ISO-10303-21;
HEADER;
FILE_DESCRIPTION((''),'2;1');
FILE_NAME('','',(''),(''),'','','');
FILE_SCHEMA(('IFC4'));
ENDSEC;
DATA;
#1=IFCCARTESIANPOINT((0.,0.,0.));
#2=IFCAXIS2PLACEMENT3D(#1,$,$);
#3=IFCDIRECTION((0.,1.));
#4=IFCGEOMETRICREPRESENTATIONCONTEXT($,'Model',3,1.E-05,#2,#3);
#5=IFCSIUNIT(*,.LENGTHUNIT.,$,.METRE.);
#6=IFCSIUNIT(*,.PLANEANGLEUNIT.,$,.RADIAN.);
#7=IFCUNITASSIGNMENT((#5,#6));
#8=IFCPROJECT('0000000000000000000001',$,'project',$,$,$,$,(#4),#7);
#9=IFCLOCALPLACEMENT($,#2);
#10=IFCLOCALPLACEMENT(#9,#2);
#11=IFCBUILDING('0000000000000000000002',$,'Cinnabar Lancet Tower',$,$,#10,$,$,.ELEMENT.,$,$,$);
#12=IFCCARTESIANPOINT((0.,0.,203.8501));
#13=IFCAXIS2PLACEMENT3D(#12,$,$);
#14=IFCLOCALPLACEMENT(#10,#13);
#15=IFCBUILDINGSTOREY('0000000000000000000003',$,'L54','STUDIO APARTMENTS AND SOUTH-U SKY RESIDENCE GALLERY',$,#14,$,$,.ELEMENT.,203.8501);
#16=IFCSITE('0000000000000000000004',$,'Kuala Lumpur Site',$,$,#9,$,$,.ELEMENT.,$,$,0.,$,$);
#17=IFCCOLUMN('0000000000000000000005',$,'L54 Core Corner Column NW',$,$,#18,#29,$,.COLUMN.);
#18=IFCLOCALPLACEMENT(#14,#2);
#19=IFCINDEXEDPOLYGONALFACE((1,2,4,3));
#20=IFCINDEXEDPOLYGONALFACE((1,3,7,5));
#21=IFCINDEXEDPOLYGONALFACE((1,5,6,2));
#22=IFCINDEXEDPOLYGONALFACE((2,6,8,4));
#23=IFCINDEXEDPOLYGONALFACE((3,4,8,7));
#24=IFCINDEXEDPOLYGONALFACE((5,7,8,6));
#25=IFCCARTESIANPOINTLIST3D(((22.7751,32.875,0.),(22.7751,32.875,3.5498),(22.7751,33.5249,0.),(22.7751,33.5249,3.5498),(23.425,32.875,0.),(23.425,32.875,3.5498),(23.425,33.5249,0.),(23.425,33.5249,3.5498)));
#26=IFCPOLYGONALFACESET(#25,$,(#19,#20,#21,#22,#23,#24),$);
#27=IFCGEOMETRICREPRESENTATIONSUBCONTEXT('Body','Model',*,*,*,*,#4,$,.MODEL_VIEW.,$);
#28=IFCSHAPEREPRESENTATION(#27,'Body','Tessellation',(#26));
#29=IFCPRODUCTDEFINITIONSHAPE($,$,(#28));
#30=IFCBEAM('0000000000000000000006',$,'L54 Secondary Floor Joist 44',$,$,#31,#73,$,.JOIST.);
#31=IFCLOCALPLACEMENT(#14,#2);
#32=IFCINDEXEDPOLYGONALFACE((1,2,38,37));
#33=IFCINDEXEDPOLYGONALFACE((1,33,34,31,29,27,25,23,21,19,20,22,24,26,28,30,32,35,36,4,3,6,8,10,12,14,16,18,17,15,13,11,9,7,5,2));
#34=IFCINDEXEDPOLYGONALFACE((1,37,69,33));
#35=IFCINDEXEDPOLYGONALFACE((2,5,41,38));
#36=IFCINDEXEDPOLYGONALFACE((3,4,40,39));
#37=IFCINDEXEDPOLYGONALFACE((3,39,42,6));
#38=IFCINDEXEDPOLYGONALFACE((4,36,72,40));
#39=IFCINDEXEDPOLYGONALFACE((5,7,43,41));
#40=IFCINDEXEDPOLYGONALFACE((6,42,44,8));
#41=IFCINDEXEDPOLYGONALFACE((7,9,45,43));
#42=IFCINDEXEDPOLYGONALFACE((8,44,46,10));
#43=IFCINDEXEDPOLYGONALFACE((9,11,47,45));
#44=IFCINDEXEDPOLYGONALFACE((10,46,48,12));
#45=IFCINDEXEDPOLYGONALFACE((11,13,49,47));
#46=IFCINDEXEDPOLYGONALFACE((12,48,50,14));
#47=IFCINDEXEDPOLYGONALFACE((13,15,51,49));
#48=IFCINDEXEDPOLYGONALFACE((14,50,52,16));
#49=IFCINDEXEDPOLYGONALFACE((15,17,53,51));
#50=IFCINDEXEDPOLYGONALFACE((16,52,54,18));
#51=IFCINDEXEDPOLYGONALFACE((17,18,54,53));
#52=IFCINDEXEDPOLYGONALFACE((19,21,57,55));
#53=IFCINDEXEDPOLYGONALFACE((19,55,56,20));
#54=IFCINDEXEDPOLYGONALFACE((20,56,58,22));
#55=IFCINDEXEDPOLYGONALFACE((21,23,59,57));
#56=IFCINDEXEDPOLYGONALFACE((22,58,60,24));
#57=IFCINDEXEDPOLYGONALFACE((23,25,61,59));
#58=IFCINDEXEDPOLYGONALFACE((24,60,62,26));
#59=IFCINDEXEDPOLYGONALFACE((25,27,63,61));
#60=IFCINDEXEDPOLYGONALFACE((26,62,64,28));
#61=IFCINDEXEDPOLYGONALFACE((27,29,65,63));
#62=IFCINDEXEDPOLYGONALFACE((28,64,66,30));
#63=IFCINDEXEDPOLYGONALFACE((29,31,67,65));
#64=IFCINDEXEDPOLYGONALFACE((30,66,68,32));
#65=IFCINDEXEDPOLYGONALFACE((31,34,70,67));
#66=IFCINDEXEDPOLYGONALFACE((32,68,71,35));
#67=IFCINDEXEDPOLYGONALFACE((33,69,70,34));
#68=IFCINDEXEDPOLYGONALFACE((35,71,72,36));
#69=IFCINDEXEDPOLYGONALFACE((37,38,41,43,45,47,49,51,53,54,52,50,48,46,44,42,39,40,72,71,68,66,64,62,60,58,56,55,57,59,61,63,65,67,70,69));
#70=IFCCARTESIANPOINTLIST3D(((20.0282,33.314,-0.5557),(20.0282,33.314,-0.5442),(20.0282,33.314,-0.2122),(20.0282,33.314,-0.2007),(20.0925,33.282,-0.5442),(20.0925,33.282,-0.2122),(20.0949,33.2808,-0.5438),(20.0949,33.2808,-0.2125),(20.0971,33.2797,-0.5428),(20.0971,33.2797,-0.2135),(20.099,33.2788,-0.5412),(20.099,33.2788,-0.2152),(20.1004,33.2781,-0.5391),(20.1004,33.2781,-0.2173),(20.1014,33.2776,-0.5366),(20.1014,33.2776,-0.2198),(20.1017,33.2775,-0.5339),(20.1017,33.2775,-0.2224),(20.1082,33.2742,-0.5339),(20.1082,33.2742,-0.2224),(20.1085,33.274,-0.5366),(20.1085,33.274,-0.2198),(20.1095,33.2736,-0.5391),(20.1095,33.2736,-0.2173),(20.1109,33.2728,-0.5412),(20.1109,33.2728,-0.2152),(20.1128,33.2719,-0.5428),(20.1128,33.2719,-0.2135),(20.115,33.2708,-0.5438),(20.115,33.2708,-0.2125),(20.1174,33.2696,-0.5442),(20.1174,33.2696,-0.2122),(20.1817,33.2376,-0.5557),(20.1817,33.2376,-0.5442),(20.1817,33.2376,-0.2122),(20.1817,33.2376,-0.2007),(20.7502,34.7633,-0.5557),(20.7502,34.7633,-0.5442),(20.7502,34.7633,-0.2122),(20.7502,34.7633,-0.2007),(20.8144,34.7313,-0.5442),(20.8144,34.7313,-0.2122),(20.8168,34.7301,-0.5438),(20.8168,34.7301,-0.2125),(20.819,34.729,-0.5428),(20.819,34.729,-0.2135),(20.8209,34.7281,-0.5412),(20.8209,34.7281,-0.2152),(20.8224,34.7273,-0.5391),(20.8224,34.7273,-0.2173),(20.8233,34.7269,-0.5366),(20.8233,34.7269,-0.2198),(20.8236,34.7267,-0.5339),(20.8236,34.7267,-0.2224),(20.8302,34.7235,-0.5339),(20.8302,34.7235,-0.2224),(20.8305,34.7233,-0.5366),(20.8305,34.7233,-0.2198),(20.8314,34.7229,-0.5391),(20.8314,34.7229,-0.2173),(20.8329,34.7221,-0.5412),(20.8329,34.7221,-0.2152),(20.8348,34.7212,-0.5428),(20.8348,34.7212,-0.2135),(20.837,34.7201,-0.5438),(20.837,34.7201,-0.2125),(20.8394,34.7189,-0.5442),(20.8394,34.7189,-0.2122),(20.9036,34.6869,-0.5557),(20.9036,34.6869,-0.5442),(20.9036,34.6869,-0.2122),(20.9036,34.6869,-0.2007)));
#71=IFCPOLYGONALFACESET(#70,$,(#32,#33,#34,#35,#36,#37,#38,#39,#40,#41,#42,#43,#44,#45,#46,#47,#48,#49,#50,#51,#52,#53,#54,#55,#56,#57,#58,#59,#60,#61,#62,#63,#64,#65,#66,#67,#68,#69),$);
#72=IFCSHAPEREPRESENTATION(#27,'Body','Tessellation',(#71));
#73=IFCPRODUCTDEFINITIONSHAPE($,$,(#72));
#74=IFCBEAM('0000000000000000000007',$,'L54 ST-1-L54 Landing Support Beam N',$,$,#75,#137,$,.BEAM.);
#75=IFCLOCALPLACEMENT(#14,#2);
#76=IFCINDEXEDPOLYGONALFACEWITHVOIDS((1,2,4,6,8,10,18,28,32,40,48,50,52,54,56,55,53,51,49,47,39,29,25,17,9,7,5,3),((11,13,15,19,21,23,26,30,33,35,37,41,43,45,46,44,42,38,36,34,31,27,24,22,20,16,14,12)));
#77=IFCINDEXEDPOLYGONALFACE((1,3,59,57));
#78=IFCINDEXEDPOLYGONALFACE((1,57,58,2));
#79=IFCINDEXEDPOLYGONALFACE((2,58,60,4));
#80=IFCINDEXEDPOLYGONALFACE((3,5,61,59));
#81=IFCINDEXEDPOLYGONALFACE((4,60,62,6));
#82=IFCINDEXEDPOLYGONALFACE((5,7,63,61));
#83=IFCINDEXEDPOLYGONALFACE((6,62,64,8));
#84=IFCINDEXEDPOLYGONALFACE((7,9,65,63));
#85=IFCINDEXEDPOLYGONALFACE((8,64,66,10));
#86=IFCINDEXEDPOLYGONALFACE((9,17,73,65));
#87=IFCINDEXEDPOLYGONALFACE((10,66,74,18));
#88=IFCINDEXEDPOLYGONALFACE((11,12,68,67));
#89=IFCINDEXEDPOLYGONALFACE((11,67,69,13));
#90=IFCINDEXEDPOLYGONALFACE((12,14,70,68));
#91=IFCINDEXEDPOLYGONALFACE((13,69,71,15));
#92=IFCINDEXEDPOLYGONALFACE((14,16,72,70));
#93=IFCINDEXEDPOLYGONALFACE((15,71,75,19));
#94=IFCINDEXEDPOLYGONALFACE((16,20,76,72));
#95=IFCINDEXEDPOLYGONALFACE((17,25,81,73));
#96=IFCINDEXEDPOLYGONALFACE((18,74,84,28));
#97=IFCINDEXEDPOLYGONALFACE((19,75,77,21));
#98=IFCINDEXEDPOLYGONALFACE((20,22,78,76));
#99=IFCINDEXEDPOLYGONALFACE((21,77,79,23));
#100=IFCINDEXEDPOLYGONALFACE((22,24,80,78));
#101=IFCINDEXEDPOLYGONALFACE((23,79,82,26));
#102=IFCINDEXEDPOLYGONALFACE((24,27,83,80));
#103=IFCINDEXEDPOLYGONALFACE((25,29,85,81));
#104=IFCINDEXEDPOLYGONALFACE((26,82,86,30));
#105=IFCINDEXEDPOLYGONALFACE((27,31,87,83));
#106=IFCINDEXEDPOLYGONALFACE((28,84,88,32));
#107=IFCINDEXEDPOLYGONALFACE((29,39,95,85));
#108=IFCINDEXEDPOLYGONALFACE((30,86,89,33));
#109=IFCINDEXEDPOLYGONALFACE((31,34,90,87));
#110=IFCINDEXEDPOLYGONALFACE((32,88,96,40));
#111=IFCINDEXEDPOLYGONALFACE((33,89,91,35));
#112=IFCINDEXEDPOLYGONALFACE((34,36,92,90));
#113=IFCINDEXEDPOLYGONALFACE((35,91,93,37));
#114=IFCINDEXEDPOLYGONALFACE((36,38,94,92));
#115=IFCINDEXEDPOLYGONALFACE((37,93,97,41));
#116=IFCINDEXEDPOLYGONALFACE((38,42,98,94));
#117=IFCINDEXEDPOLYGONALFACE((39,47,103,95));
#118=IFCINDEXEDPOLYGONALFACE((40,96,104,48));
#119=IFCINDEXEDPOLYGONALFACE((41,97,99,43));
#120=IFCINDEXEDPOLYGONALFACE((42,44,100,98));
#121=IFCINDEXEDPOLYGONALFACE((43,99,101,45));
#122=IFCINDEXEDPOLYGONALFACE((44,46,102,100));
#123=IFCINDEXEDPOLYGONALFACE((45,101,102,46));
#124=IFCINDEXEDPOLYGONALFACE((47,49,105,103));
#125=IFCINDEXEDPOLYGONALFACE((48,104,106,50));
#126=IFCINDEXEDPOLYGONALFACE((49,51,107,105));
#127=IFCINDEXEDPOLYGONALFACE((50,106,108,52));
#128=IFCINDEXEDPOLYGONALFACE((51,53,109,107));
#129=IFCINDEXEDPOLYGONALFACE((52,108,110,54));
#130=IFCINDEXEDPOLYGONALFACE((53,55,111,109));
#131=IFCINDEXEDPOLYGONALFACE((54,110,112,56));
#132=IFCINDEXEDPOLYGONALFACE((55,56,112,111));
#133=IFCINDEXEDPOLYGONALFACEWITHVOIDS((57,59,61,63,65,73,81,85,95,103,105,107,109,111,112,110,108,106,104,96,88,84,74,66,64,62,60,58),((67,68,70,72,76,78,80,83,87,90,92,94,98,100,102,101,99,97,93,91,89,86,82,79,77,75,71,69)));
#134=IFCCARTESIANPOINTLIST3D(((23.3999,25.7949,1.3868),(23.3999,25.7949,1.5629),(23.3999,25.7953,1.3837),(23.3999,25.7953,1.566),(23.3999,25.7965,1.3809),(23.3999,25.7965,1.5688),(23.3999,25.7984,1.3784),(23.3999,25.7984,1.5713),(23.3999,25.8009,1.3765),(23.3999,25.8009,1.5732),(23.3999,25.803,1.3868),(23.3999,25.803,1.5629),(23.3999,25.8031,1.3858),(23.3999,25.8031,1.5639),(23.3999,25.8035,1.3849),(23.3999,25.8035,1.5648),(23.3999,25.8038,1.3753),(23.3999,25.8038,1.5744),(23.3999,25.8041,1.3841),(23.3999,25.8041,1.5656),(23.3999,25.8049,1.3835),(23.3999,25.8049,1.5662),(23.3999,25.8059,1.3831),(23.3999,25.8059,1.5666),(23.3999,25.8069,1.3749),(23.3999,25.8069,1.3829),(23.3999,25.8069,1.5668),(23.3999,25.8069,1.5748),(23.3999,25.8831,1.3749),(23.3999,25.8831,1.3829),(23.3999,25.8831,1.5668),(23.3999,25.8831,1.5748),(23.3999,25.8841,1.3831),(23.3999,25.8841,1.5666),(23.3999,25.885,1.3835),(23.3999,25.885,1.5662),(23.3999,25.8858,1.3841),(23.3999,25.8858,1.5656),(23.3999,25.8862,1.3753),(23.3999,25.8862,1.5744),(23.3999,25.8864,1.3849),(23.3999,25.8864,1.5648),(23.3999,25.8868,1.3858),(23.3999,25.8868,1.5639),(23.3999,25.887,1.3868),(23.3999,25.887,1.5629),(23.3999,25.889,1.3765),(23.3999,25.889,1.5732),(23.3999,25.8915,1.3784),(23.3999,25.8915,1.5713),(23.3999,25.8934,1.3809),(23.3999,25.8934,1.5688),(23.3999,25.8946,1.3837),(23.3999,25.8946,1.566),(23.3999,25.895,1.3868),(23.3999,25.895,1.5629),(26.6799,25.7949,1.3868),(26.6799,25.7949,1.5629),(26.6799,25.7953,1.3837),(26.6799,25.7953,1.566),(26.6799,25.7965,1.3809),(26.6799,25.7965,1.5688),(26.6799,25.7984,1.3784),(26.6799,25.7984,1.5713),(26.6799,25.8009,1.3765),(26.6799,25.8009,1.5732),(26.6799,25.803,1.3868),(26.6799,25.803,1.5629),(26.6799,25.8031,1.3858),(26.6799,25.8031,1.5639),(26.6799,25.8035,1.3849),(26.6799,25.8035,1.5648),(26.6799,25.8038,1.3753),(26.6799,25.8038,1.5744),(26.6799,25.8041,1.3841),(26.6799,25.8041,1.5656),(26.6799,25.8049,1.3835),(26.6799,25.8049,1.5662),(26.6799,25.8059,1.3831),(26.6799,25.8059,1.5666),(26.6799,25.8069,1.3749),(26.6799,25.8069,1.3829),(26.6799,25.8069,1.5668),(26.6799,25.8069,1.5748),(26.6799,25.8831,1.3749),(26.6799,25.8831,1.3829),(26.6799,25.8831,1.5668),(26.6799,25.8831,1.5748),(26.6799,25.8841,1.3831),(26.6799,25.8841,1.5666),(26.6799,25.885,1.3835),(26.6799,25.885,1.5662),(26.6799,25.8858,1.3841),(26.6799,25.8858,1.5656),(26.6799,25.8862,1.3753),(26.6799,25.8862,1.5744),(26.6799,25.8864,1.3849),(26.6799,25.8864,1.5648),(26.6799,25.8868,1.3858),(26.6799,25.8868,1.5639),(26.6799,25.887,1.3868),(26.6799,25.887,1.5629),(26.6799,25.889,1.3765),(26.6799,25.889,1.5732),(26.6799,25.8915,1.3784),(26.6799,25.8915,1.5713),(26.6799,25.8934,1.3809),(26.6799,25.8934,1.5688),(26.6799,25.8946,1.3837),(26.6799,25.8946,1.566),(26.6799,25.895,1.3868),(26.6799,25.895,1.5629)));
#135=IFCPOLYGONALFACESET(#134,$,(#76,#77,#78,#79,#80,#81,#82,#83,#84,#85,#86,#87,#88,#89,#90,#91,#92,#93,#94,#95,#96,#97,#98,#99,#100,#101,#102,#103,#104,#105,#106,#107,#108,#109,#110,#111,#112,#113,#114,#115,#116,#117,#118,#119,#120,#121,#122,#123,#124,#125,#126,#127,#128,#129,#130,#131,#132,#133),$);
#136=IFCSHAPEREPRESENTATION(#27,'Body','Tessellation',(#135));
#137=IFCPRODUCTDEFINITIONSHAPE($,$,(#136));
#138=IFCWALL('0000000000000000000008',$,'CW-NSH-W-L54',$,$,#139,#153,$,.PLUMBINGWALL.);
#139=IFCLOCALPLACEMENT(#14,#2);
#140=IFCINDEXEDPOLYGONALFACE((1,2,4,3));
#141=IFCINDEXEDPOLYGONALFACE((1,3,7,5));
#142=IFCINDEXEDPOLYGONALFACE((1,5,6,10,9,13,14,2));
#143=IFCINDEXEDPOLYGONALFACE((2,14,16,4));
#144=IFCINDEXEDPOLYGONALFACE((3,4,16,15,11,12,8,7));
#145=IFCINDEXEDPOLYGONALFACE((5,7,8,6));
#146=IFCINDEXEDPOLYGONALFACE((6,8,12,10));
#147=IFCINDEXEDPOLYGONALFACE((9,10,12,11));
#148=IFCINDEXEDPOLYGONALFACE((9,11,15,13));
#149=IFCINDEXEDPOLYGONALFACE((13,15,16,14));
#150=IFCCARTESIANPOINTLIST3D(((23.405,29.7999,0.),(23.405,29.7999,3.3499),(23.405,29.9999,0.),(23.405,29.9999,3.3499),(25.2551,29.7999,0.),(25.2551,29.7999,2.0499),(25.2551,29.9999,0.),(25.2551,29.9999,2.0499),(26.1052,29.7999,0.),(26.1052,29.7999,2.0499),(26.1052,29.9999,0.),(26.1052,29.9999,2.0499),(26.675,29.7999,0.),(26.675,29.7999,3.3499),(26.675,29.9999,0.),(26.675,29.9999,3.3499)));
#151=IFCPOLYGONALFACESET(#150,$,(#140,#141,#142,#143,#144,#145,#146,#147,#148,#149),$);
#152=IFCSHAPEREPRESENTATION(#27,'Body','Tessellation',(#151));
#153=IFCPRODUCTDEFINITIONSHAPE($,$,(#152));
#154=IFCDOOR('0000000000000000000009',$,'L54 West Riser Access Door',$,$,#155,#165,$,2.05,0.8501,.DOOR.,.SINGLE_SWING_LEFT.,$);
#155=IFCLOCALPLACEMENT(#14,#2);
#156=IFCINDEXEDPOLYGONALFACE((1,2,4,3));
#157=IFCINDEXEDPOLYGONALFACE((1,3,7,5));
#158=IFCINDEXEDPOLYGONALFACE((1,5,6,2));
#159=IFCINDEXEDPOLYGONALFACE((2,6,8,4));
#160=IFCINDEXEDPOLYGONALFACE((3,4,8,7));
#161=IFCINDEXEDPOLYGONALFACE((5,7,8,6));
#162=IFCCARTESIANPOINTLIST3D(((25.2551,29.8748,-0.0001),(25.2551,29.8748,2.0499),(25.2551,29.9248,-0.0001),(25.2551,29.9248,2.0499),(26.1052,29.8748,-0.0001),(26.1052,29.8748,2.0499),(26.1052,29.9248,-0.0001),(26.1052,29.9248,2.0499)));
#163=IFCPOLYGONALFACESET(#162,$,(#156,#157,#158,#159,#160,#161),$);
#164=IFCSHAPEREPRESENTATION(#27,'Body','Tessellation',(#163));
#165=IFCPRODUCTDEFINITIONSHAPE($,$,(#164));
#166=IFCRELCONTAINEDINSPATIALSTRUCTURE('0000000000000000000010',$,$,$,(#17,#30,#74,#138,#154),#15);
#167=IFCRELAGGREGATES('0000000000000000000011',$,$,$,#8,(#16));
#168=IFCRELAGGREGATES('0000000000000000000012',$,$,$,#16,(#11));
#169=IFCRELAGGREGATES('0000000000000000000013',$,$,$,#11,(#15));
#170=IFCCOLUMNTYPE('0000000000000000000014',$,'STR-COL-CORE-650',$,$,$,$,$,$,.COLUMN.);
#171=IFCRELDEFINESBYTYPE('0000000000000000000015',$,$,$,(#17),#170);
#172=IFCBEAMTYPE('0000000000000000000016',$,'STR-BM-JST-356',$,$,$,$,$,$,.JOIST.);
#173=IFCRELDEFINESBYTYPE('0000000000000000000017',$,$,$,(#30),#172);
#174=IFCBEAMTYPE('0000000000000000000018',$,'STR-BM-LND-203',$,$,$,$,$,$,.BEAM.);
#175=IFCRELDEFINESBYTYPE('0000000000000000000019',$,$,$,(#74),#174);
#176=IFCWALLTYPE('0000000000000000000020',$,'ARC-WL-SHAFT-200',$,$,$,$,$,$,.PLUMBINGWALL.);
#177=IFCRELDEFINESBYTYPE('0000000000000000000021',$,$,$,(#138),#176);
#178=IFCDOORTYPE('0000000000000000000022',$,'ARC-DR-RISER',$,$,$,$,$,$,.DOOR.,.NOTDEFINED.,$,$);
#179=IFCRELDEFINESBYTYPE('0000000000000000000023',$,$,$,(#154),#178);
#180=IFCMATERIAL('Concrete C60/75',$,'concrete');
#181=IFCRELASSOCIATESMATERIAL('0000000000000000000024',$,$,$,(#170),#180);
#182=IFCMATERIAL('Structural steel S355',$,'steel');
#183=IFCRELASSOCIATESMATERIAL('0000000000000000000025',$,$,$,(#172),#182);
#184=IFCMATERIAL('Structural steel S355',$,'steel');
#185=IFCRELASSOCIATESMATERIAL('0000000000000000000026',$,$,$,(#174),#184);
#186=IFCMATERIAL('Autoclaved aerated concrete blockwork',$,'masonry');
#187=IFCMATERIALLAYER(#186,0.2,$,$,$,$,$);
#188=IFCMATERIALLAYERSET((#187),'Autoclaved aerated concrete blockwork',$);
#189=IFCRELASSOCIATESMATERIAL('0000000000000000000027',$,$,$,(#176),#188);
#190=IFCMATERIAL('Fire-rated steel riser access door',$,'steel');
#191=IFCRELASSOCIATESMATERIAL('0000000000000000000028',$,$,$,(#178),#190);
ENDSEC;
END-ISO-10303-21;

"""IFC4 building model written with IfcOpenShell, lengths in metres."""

from ifc_helpers import new_model, si_unit, direction, frame, frame_2d, origin, origin_2d, place, context, subcontext, project, spatial, rectangle, hollow_rectangle, i_section, extrude, material, layer, layer_set, material_profile, profile_set, type_object, element, fill, save


model = new_model("IFC4")

# Units and contexts
model_context = context("Model", 3, precision=1e-05, world=origin(), true_north=direction((0.0, 1.0)))
body_context = subcontext(model_context, "Body", "Model", "MODEL_VIEW")
ifc_project = project(units=[si_unit("LENGTHUNIT", "METRE"), si_unit("PLANEANGLEUNIT", "RADIAN")], contexts=[model_context])

# Site, building, storey
site_placement = place(None, origin())
site = spatial("IfcSite", under=ifc_project, at=site_placement, Name="Kuala Lumpur Site", CompositionType="ELEMENT", RefElevation=0.0)
building_placement = place(site_placement, origin())
building = spatial("IfcBuilding", under=site, at=building_placement, Name="Cinnabar Lancet Tower", CompositionType="ELEMENT")
storey_placement = place(building_placement, frame((0.0, 0.0, 203.8501)))
storey = spatial("IfcBuildingStorey", under=building, at=storey_placement, Name="L54", Description="STUDIO APARTMENTS AND SOUTH-U SKY RESIDENCE GALLERY", CompositionType="ELEMENT", Elevation=203.8501)

# Column
ifc_material_1 = material(Name="Concrete C60/75", Category="concrete")
ifc_material_profile_1 = material_profile(ifc_material_1, rectangle(XDim=0.6499, YDim=0.6499, at=origin_2d()), Name="RC-COL 650x650")
ifc_profile_set_1 = profile_set([ifc_material_profile_1], Name="Concrete C60/75")
column_type = type_object("IfcColumnType", Name="STR-COL-CORE-650", PredefinedType="COLUMN", material=ifc_profile_set_1)
column_placement = place(storey_placement, frame((23.1001, 33.2, 0.0), z_axis=(0.0, 0.0, 1.0), x_axis=(1.0, 0.0, 0.0)))
element("IfcColumn", 1, at=column_placement, inside=storey, type_object=column_type, Name="L54 Core Corner Column NW", PredefinedType="COLUMN", context=body_context, shape_type="SweptSolid", body=[
    extrude(rectangle(XDim=0.6499, YDim=0.6499, at=origin_2d()), origin(), (0.0, 0.0, 1.0), 3.5498),
])

# Beams
ifc_material_2 = material(Name="Structural steel S355", Category="steel")
ifc_material_profile_2 = material_profile(ifc_material_2, i_section(OverallWidth=0.1714, OverallDepth=0.355, WebThickness=0.0073, FlangeThickness=0.0115, FilletRadius=0.0103, at=origin_2d()), Name="UKB 356x171x51")
ifc_profile_set_2 = profile_set([ifc_material_profile_2], Name="Structural steel S355")
beam_type_1 = type_object("IfcBeamType", Name="STR-BM-JST-356", PredefinedType="JOIST", material=ifc_profile_set_2)
beam_1_placement = place(storey_placement, frame((20.8269, 34.7251, -0.3782), z_axis=(-0.445886, -0.89509, 0.0), x_axis=(0.89509, -0.445886, 0.0)))
element("IfcBeam", 2, at=beam_1_placement, inside=storey, type_object=beam_type_1, Name="L54 Secondary Floor Joist 44", PredefinedType="JOIST", context=body_context, shape_type="SweptSolid", body=[
    extrude(i_section(OverallWidth=0.1714, OverallDepth=0.355, WebThickness=0.0073, FlangeThickness=0.0115, FilletRadius=0.0103, at=origin_2d()), origin(), (0.0, 0.0, 1.0), 1.6191),
])
ifc_material_3 = material(Name="Structural steel S355", Category="steel")
ifc_material_profile_3 = material_profile(ifc_material_3, hollow_rectangle(XDim=0.1001, YDim=0.2, WallThickness=0.0081, InnerFilletRadius=0.0039, OuterFilletRadius=0.012, at=origin_2d()), Name="RHS 200x100x8")
ifc_profile_set_3 = profile_set([ifc_material_profile_3], Name="Structural steel S355")
beam_type_2 = type_object("IfcBeamType", Name="STR-BM-LND-203", PredefinedType="BEAM", material=ifc_profile_set_3)
beam_2_placement = place(storey_placement, frame((23.3999, 25.845, 1.4749), z_axis=(1.0, 0.0, 0.0), x_axis=(0.0, 1.0, 0.0)))
element("IfcBeam", 3, at=beam_2_placement, inside=storey, type_object=beam_type_2, Name="L54 ST-1-L54 Landing Support Beam N", PredefinedType="BEAM", context=body_context, shape_type="SweptSolid", body=[
    extrude(hollow_rectangle(XDim=0.1001, YDim=0.2, WallThickness=0.0081, InnerFilletRadius=0.0039, OuterFilletRadius=0.012, at=origin_2d()), origin(), (0.0, 0.0, 1.0), 3.28),
])

# Wall, opening, door
ifc_material_4 = material(Name="Autoclaved aerated concrete blockwork", Category="masonry")
ifc_layer_1 = layer(ifc_material_4, 0.2)
ifc_layer_set_1 = layer_set([ifc_layer_1], Name="Autoclaved aerated concrete blockwork")
wall_type_1 = type_object("IfcWallType", Name="ARC-WL-SHAFT-200", PredefinedType="PLUMBINGWALL", material=ifc_layer_set_1)
wall_1_placement = place(storey_placement, frame((23.405, 29.8999, 0.0), z_axis=(0.0, 0.0, 1.0), x_axis=(1.0, 0.0, 0.0)))
wall_1 = element("IfcWall", 4, at=wall_1_placement, inside=storey, type_object=wall_type_1, Name="CW-NSH-W-L54", PredefinedType="PLUMBINGWALL", context=body_context, shape_type="SweptSolid", body=[
    extrude(rectangle(XDim=3.27, YDim=0.2, at=frame_2d((1.635, 0.0))), origin(), (0.0, 0.0, 1.0), 3.3499),
])
opening_1_placement = place(wall_1_placement, frame((1.8501, 0.0, 0.0)))
opening_1 = element("IfcOpeningElement", 5, at=opening_1_placement, cuts=wall_1, PredefinedType="OPENING", context=body_context, shape_type="SweptSolid", body=[
    extrude(rectangle(XDim=0.8501, YDim=2.05, at=frame_2d((0.425, 1.0249))), frame((0.0, 0.1099, 0.0), z_axis=(0.0, -1.0, 0.0), x_axis=(1.0, 0.0, 0.0)), (0.0, 0.0, 1.0), 0.22),
])
ifc_material_5 = material(Name="Fire-rated steel riser access door", Category="steel")
door_type_1 = type_object("IfcDoorType", Name="ARC-DR-RISER", OperationType="NOTDEFINED", PredefinedType="DOOR", material=ifc_material_5)
door_1_placement = place(opening_1_placement, origin())
door_1 = element("IfcDoor", 6, at=door_1_placement, inside=storey, type_object=door_type_1, Name="L54 West Riser Access Door", OperationType="SINGLE_SWING_LEFT", OverallHeight=2.05, OverallWidth=0.8501, PredefinedType="DOOR", context=body_context, shape_type="SweptSolid", body=[
    extrude(rectangle(XDim=0.8501, YDim=2.05, at=frame_2d((0.425, 1.0249))), frame((0.0, 0.0249, 0.0), z_axis=(0.0, -1.0, 0.0), x_axis=(1.0, 0.0, 0.0)), (0.0, 0.0, 1.0), 0.05),
])
fill(opening_1, door_1)

save(model, "model.ifc")
